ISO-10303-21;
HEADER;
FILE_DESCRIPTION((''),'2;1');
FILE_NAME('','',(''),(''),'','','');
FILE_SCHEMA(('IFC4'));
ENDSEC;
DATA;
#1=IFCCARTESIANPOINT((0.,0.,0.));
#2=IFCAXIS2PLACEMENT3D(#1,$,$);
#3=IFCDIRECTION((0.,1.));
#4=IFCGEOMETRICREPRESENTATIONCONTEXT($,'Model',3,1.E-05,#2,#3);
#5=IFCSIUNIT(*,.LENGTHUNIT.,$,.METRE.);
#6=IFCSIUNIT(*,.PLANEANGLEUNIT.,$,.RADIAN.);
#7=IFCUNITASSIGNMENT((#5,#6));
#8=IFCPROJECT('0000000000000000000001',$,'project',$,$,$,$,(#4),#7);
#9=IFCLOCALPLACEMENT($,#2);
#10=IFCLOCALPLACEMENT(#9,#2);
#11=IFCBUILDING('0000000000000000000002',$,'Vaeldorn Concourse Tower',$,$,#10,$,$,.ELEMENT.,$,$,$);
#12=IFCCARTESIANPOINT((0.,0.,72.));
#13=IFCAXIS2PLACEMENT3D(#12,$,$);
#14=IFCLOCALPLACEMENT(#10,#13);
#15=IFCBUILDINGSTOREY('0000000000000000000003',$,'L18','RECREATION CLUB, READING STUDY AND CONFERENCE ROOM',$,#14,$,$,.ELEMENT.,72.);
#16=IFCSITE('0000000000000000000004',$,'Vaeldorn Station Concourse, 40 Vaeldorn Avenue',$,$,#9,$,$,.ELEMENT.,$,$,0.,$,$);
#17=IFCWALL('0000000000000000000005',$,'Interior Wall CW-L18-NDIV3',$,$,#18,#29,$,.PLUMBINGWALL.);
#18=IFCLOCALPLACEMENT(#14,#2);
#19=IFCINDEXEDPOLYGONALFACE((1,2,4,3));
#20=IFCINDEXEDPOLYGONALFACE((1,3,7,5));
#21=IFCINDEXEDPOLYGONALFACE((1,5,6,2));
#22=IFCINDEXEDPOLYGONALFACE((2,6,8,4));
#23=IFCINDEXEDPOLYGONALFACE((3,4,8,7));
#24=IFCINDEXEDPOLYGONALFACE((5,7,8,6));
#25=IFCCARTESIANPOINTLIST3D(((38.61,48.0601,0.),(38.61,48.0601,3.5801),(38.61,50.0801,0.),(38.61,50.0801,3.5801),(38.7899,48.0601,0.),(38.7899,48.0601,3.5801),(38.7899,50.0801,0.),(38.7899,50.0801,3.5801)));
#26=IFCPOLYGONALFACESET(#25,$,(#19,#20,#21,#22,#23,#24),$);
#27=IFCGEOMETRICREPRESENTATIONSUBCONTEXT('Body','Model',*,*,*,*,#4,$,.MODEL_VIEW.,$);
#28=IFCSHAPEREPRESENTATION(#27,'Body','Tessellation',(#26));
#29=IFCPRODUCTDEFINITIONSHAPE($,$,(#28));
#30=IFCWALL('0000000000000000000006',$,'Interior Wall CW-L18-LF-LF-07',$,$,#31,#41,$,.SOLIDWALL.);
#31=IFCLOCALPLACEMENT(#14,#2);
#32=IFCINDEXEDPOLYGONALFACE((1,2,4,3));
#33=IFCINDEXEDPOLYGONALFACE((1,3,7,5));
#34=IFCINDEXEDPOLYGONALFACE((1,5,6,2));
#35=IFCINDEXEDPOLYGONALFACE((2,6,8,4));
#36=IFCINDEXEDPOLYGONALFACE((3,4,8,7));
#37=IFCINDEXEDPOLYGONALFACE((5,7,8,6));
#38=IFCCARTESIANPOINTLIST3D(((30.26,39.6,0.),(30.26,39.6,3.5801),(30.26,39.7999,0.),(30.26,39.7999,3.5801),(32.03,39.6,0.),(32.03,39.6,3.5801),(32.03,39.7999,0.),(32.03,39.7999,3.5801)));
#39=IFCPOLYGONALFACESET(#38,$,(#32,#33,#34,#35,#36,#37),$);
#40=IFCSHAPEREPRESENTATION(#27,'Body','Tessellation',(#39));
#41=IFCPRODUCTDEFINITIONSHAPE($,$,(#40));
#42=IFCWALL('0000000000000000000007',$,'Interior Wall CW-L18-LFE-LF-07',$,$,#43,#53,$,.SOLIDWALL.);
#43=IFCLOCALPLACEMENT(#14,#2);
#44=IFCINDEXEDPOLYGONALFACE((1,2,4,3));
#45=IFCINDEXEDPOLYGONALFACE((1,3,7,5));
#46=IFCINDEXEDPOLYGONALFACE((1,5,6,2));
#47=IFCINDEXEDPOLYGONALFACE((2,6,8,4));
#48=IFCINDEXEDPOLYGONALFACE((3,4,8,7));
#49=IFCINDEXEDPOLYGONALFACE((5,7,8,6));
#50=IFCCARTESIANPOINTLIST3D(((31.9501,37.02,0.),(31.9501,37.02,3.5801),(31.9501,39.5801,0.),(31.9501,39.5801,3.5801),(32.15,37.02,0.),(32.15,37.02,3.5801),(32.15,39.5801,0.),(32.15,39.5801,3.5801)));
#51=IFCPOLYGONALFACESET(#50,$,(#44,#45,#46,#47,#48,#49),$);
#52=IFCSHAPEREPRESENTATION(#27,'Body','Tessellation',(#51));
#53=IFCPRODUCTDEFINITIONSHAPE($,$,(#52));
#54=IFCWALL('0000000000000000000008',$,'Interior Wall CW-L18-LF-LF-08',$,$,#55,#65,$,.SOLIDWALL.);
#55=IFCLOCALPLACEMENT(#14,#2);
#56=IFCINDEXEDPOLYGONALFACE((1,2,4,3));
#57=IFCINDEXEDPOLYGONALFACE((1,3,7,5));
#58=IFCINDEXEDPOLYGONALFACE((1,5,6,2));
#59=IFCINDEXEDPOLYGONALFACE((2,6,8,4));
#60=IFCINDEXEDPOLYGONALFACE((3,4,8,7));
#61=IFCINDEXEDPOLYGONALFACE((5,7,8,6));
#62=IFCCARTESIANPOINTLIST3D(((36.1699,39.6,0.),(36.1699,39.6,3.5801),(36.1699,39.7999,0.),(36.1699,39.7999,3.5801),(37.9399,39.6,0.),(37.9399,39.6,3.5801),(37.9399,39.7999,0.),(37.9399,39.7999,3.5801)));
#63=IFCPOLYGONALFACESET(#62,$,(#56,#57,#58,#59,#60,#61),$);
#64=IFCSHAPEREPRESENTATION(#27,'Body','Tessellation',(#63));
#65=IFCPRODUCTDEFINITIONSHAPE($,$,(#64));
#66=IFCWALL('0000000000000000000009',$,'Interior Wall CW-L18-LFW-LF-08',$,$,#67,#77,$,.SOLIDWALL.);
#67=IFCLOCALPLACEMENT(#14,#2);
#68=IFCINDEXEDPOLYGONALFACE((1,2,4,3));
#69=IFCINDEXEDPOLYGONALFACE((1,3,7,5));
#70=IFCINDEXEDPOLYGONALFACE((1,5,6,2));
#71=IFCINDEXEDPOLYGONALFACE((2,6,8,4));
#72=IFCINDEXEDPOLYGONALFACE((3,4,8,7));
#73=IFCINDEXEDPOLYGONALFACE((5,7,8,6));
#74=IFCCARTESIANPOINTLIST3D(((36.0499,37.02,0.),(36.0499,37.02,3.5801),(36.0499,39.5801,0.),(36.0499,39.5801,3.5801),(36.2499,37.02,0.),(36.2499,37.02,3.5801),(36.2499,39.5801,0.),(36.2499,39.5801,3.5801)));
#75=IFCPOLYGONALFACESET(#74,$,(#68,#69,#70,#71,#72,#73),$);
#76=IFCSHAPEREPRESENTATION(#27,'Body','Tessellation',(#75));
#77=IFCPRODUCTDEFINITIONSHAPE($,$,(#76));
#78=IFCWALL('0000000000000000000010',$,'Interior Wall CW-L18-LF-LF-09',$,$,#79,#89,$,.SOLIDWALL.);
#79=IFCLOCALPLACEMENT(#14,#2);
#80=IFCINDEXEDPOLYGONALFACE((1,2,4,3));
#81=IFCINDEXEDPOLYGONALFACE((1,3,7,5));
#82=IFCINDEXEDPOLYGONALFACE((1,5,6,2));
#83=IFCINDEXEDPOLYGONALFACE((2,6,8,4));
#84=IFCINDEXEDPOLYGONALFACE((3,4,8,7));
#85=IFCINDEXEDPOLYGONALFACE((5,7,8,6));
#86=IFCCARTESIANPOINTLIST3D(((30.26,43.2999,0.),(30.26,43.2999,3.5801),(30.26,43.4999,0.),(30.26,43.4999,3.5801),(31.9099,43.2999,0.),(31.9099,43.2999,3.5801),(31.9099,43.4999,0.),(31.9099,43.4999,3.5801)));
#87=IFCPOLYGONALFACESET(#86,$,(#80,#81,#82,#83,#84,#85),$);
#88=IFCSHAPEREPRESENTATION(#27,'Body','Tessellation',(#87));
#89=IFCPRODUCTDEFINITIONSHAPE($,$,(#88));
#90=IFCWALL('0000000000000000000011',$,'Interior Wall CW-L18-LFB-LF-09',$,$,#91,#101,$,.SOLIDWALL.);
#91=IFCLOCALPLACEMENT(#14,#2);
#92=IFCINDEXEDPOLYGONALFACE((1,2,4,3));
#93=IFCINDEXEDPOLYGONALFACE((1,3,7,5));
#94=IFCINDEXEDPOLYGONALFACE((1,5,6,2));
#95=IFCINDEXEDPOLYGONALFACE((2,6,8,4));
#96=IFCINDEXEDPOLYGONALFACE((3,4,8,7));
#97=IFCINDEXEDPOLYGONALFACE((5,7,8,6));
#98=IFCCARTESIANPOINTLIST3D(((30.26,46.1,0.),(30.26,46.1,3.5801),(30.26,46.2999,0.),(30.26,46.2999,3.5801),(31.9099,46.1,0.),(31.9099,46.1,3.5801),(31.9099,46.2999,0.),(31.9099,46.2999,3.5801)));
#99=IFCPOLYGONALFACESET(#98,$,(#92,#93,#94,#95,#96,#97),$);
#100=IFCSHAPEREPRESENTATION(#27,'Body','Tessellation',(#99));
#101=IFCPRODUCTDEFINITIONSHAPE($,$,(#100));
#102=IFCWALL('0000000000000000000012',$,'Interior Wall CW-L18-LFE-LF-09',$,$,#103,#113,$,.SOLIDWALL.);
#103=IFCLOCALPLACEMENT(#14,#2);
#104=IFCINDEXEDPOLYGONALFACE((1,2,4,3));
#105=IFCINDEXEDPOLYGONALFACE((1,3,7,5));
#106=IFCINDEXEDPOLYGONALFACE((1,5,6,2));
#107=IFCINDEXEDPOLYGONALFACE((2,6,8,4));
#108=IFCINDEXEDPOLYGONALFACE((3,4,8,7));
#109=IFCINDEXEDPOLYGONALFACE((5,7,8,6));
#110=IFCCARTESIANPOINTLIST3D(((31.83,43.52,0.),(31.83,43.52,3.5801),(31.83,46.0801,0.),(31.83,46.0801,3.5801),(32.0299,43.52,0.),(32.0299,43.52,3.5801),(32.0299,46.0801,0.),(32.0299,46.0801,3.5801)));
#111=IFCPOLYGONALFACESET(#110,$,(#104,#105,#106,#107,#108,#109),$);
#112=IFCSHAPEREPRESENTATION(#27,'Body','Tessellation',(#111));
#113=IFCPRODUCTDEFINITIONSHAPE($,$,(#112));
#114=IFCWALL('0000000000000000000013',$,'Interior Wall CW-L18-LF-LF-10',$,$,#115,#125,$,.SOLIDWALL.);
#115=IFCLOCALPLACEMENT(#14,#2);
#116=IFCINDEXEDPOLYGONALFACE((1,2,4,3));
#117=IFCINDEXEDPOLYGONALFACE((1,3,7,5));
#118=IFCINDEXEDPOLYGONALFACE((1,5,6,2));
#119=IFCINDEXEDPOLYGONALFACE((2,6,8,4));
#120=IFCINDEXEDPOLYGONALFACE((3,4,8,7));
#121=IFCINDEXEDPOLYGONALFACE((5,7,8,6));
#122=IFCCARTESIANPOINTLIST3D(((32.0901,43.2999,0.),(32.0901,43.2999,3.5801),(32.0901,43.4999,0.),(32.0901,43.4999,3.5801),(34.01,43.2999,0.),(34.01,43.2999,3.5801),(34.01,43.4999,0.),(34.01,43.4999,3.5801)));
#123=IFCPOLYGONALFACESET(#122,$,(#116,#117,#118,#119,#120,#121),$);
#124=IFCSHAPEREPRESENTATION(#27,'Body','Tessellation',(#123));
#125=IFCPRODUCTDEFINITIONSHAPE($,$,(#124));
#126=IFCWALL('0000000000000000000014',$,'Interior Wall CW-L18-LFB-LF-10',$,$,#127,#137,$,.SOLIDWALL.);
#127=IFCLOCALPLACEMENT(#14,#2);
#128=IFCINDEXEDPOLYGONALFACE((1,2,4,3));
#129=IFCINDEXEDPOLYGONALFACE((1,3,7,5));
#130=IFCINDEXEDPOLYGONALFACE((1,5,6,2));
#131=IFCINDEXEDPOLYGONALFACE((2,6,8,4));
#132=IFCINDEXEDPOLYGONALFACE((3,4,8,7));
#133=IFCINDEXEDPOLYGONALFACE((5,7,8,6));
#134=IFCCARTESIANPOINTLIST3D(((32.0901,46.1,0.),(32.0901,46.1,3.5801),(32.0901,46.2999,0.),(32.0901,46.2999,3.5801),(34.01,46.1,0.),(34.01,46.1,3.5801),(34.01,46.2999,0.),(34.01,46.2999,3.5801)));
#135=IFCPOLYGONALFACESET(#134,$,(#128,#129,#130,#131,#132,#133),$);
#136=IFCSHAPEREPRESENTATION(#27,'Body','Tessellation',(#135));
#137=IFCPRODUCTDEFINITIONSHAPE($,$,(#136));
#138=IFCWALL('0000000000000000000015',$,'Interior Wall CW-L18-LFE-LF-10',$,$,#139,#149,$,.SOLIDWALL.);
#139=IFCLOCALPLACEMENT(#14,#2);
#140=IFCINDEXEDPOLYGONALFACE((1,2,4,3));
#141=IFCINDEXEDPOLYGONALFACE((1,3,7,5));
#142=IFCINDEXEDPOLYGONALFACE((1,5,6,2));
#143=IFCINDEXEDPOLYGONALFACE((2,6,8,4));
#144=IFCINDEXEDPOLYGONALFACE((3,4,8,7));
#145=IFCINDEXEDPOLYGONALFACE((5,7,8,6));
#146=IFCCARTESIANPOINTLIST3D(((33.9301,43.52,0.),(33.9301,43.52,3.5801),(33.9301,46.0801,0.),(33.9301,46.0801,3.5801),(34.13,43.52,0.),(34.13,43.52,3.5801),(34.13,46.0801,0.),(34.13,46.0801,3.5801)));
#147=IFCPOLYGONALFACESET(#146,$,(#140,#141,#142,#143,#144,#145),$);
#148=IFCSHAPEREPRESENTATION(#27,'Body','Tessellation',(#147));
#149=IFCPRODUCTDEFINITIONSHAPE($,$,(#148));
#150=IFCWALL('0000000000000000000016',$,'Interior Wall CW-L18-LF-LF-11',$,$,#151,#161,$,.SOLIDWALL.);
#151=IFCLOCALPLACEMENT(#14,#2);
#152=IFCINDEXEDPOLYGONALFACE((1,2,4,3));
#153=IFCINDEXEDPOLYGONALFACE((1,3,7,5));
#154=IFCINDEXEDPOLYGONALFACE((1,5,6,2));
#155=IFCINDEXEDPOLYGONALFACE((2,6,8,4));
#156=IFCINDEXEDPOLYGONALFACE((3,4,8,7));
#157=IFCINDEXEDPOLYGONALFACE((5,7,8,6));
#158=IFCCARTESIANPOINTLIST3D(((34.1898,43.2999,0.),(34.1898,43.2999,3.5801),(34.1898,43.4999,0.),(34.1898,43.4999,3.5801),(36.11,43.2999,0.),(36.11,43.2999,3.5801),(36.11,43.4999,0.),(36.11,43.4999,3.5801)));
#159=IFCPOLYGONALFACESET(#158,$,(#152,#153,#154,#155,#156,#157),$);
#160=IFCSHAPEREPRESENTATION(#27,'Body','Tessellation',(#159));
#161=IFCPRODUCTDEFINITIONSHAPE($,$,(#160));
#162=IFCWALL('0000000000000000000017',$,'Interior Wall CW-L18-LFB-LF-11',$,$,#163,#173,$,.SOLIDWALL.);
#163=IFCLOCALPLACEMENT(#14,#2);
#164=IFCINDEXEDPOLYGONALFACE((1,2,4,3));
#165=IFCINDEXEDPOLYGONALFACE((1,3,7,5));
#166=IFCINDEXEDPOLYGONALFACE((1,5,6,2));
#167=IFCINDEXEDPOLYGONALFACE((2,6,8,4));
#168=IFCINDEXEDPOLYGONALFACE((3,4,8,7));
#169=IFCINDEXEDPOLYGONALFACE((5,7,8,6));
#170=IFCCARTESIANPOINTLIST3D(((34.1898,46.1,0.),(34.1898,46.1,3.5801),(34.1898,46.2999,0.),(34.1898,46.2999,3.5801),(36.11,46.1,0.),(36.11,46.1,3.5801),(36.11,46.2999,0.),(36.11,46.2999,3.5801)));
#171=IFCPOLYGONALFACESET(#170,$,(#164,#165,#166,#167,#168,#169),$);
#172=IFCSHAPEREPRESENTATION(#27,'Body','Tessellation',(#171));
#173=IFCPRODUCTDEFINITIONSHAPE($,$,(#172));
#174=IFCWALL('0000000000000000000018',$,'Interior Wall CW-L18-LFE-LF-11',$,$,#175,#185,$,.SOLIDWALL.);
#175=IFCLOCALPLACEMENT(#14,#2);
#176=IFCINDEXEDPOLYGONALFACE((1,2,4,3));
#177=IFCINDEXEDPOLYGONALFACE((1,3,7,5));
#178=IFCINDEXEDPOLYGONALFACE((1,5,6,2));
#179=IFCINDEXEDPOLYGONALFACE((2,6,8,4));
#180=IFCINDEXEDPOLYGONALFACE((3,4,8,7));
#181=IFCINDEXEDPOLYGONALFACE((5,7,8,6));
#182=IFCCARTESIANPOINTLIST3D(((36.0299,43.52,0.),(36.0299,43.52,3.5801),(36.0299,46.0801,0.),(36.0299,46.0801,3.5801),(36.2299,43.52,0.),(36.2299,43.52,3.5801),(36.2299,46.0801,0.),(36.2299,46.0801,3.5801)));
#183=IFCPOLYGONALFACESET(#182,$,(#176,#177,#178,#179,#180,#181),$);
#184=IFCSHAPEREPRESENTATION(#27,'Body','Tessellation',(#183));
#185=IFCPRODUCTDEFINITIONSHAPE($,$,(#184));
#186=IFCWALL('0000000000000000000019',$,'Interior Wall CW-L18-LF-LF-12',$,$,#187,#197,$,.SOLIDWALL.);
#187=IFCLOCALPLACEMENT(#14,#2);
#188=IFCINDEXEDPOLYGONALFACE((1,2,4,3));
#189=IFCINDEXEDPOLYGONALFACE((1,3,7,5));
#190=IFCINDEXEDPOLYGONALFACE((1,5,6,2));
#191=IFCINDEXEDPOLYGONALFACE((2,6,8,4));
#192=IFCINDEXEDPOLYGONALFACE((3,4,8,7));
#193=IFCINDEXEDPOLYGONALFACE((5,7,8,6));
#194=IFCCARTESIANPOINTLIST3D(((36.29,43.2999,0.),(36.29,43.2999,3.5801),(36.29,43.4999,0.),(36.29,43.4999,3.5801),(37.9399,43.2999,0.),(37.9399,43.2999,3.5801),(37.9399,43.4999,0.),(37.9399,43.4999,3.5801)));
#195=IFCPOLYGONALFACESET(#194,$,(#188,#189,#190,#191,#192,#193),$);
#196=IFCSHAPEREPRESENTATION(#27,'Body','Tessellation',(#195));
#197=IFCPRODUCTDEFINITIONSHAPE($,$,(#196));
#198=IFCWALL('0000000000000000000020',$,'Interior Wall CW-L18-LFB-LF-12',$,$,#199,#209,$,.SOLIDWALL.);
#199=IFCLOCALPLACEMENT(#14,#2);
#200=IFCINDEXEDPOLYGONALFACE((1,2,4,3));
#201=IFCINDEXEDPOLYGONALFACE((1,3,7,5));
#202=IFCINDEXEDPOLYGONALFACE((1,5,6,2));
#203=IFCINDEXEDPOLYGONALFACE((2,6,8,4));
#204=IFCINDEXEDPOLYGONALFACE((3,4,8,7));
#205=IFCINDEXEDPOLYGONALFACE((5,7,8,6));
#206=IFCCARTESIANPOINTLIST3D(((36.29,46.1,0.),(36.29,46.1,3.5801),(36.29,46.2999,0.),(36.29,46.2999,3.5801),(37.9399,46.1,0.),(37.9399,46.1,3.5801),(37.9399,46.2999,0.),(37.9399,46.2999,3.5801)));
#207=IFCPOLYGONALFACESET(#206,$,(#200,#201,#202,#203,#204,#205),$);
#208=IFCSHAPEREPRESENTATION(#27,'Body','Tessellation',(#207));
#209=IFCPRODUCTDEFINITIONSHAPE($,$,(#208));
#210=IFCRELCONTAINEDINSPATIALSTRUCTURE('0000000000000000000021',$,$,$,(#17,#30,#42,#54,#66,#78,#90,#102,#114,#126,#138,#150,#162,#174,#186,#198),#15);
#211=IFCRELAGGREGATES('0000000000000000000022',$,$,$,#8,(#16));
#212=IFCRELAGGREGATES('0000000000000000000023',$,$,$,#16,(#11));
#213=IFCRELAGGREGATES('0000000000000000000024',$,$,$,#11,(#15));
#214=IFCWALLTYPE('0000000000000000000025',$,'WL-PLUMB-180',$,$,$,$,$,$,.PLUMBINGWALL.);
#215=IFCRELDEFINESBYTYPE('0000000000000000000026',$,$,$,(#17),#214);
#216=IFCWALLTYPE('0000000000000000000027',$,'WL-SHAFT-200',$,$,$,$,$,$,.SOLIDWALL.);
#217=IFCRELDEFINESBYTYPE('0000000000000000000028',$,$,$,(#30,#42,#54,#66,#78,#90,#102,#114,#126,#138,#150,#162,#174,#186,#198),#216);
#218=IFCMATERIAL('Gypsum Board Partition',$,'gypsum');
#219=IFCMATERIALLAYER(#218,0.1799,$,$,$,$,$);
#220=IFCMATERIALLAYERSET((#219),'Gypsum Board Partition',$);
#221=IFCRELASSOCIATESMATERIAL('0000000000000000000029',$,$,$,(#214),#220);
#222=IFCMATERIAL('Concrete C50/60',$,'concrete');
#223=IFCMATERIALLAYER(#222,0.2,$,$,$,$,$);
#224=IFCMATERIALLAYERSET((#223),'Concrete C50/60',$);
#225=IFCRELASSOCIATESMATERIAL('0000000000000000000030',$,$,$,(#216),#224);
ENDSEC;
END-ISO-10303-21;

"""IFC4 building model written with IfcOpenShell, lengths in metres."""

from ifc_helpers import new_model, si_unit, direction, frame, frame_2d, origin, place, context, subcontext, project, spatial, rectangle, extrude, material, layer, layer_set, type_object, element, save


model = new_model("IFC4")

# Units and contexts
model_context = context("Model", 3, precision=1e-05, world=origin(), true_north=direction((0.0, 1.0)))
body_context = subcontext(model_context, "Body", "Model", "MODEL_VIEW")
ifc_project = project(units=[si_unit("LENGTHUNIT", "METRE"), si_unit("PLANEANGLEUNIT", "RADIAN")], contexts=[model_context])

# Site, building, storey
site_placement = place(None, origin())
site = spatial("IfcSite", under=ifc_project, at=site_placement, Name="Vaeldorn Station Concourse, 40 Vaeldorn Avenue", CompositionType="ELEMENT", RefElevation=0.0)
building_placement = place(site_placement, origin())
building = spatial("IfcBuilding", under=site, at=building_placement, Name="Vaeldorn Concourse Tower", CompositionType="ELEMENT")
storey_placement = place(building_placement, frame((0.0, 0.0, 72.0)))
storey = spatial("IfcBuildingStorey", under=building, at=storey_placement, Name="L18", Description="RECREATION CLUB, READING STUDY AND CONFERENCE ROOM", CompositionType="ELEMENT", Elevation=72.0)

# Shared definitions
ifc_material_1 = material(Name="Gypsum Board Partition", Category="gypsum")

# Walls
ifc_layer_1 = layer(ifc_material_1, 0.1799)
ifc_layer_set_1 = layer_set([ifc_layer_1], Name="Gypsum Board Partition")
wall_type_1 = type_object("IfcWallType", Name="WL-PLUMB-180", PredefinedType="PLUMBINGWALL", material=ifc_layer_set_1)
for number, where, z_axis, x_axis, name in (
    (1, (38.7, 48.0601, 0.0), (0.0, 0.0, 1.0), (0.0, 1.0, 0.0), "Interior Wall CW-L18-NDIV3"),
):
    element("IfcWall", number, at=place(storey_placement, frame(where, z_axis=z_axis, x_axis=x_axis)), inside=storey, type_object=wall_type_1, Name=name, PredefinedType="PLUMBINGWALL", context=body_context, shape_type="SweptSolid", body=[
        extrude(rectangle(XDim=2.02, YDim=0.1799, at=frame_2d((1.01, 0.0))), origin(), (0.0, 0.0, 1.0), 3.5801),
    ])
ifc_material_2 = material(Name="Concrete C50/60", Category="concrete")
ifc_layer_2 = layer(ifc_material_2, 0.2)
ifc_layer_set_2 = layer_set([ifc_layer_2], Name="Concrete C50/60")
wall_type_2 = type_object("IfcWallType", Name="WL-SHAFT-200", PredefinedType="SOLIDWALL", material=ifc_layer_set_2)
wall_1_placement = place(storey_placement, frame((30.26, 39.7, 0.0), z_axis=(0.0, 0.0, 1.0), x_axis=(1.0, 0.0, 0.0)))
element("IfcWall", 2, at=wall_1_placement, inside=storey, type_object=wall_type_2, Name="Interior Wall CW-L18-LF-LF-07", PredefinedType="SOLIDWALL", context=body_context, shape_type="SweptSolid", body=[
    extrude(rectangle(XDim=1.77, YDim=0.2, at=frame_2d((0.885, 0.0))), origin(), (0.0, 0.0, 1.0), 3.5801),
])
wall_2_placement = place(storey_placement, frame((32.05, 37.02, 0.0), z_axis=(0.0, 0.0, 1.0), x_axis=(0.0, 1.0, 0.0)))
element("IfcWall", 3, at=wall_2_placement, inside=storey, type_object=wall_type_2, Name="Interior Wall CW-L18-LFE-LF-07", PredefinedType="SOLIDWALL", context=body_context, shape_type="SweptSolid", body=[
    extrude(rectangle(XDim=2.5601, YDim=0.2, at=frame_2d((1.28, 0.0))), origin(), (0.0, 0.0, 1.0), 3.5801),
])
wall_3_placement = place(storey_placement, frame((36.1699, 39.7, 0.0), z_axis=(0.0, 0.0, 1.0), x_axis=(1.0, 0.0, 0.0)))
element("IfcWall", 4, at=wall_3_placement, inside=storey, type_object=wall_type_2, Name="Interior Wall CW-L18-LF-LF-08", PredefinedType="SOLIDWALL", context=body_context, shape_type="SweptSolid", body=[
    extrude(rectangle(XDim=1.77, YDim=0.2, at=frame_2d((0.885, 0.0))), origin(), (0.0, 0.0, 1.0), 3.5801),
])
wall_4_placement = place(storey_placement, frame((36.1499, 37.02, 0.0), z_axis=(0.0, 0.0, 1.0), x_axis=(0.0, 1.0, 0.0)))
element("IfcWall", 5, at=wall_4_placement, inside=storey, type_object=wall_type_2, Name="Interior Wall CW-L18-LFW-LF-08", PredefinedType="SOLIDWALL", context=body_context, shape_type="SweptSolid", body=[
    extrude(rectangle(XDim=2.5601, YDim=0.2, at=frame_2d((1.28, 0.0))), origin(), (0.0, 0.0, 1.0), 3.5801),
])
for number, where, z_axis, x_axis, name in (
    (6, (30.26, 43.3999, 0.0), (0.0, 0.0, 1.0), (1.0, 0.0, 0.0), "Interior Wall CW-L18-LF-LF-09"),
    (7, (30.26, 46.2, 0.0), (0.0, 0.0, 1.0), (1.0, 0.0, 0.0), "Interior Wall CW-L18-LFB-LF-09"),
):
    element("IfcWall", number, at=place(storey_placement, frame(where, z_axis=z_axis, x_axis=x_axis)), inside=storey, type_object=wall_type_2, Name=name, PredefinedType="SOLIDWALL", context=body_context, shape_type="SweptSolid", body=[
        extrude(rectangle(XDim=1.6499, YDim=0.2, at=frame_2d((0.825, 0.0))), origin(), (0.0, 0.0, 1.0), 3.5801),
    ])
wall_5_placement = place(storey_placement, frame((31.9299, 43.52, 0.0), z_axis=(0.0, 0.0, 1.0), x_axis=(0.0, 1.0, 0.0)))
element("IfcWall", 8, at=wall_5_placement, inside=storey, type_object=wall_type_2, Name="Interior Wall CW-L18-LFE-LF-09", PredefinedType="SOLIDWALL", context=body_context, shape_type="SweptSolid", body=[
    extrude(rectangle(XDim=2.5601, YDim=0.2, at=frame_2d((1.28, 0.0))), origin(), (0.0, 0.0, 1.0), 3.5801),
])
for number, where, z_axis, x_axis, name in (
    (9, (32.0901, 43.3999, 0.0), (0.0, 0.0, 1.0), (1.0, 0.0, 0.0), "Interior Wall CW-L18-LF-LF-10"),
    (10, (32.0901, 46.2, 0.0), (0.0, 0.0, 1.0), (1.0, 0.0, 0.0), "Interior Wall CW-L18-LFB-LF-10"),
):
    element("IfcWall", number, at=place(storey_placement, frame(where, z_axis=z_axis, x_axis=x_axis)), inside=storey, type_object=wall_type_2, Name=name, PredefinedType="SOLIDWALL", context=body_context, shape_type="SweptSolid", body=[
        extrude(rectangle(XDim=1.9199, YDim=0.2, at=frame_2d((0.96, 0.0))), origin(), (0.0, 0.0, 1.0), 3.5801),
    ])
wall_6_placement = place(storey_placement, frame((34.03, 43.52, 0.0), z_axis=(0.0, 0.0, 1.0), x_axis=(0.0, 1.0, 0.0)))
element("IfcWall", 11, at=wall_6_placement, inside=storey, type_object=wall_type_2, Name="Interior Wall CW-L18-LFE-LF-10", PredefinedType="SOLIDWALL", context=body_context, shape_type="SweptSolid", body=[
    extrude(rectangle(XDim=2.5601, YDim=0.2, at=frame_2d((1.28, 0.0))), origin(), (0.0, 0.0, 1.0), 3.5801),
])
for number, where, z_axis, x_axis, name in (
    (12, (34.1899, 43.3999, 0.0), (0.0, 0.0, 1.0), (1.0, 0.0, 0.0), "Interior Wall CW-L18-LF-LF-11"),
    (13, (34.1899, 46.2, 0.0), (0.0, 0.0, 1.0), (1.0, 0.0, 0.0), "Interior Wall CW-L18-LFB-LF-11"),
):
    element("IfcWall", number, at=place(storey_placement, frame(where, z_axis=z_axis, x_axis=x_axis)), inside=storey, type_object=wall_type_2, Name=name, PredefinedType="SOLIDWALL", context=body_context, shape_type="SweptSolid", body=[
        extrude(rectangle(XDim=1.9202, YDim=0.2, at=frame_2d((0.96, 0.0))), origin(), (0.0, 0.0, 1.0), 3.5801),
    ])
wall_7_placement = place(storey_placement, frame((36.1299, 43.52, 0.0), z_axis=(0.0, 0.0, 1.0), x_axis=(0.0, 1.0, 0.0)))
element("IfcWall", 14, at=wall_7_placement, inside=storey, type_object=wall_type_2, Name="Interior Wall CW-L18-LFE-LF-11", PredefinedType="SOLIDWALL", context=body_context, shape_type="SweptSolid", body=[
    extrude(rectangle(XDim=2.5601, YDim=0.2, at=frame_2d((1.28, 0.0))), origin(), (0.0, 0.0, 1.0), 3.5801),
])
for number, where, z_axis, x_axis, name in (
    (15, (36.29, 43.3999, 0.0), (0.0, 0.0, 1.0), (1.0, 0.0, 0.0), "Interior Wall CW-L18-LF-LF-12"),
    (16, (36.29, 46.2, 0.0), (0.0, 0.0, 1.0), (1.0, 0.0, 0.0), "Interior Wall CW-L18-LFB-LF-12"),
):
    element("IfcWall", number, at=place(storey_placement, frame(where, z_axis=z_axis, x_axis=x_axis)), inside=storey, type_object=wall_type_2, Name=name, PredefinedType="SOLIDWALL", context=body_context, shape_type="SweptSolid", body=[
        extrude(rectangle(XDim=1.6499, YDim=0.2, at=frame_2d((0.825, 0.0))), origin(), (0.0, 0.0, 1.0), 3.5801),
    ])

save(model, "model.ifc")
